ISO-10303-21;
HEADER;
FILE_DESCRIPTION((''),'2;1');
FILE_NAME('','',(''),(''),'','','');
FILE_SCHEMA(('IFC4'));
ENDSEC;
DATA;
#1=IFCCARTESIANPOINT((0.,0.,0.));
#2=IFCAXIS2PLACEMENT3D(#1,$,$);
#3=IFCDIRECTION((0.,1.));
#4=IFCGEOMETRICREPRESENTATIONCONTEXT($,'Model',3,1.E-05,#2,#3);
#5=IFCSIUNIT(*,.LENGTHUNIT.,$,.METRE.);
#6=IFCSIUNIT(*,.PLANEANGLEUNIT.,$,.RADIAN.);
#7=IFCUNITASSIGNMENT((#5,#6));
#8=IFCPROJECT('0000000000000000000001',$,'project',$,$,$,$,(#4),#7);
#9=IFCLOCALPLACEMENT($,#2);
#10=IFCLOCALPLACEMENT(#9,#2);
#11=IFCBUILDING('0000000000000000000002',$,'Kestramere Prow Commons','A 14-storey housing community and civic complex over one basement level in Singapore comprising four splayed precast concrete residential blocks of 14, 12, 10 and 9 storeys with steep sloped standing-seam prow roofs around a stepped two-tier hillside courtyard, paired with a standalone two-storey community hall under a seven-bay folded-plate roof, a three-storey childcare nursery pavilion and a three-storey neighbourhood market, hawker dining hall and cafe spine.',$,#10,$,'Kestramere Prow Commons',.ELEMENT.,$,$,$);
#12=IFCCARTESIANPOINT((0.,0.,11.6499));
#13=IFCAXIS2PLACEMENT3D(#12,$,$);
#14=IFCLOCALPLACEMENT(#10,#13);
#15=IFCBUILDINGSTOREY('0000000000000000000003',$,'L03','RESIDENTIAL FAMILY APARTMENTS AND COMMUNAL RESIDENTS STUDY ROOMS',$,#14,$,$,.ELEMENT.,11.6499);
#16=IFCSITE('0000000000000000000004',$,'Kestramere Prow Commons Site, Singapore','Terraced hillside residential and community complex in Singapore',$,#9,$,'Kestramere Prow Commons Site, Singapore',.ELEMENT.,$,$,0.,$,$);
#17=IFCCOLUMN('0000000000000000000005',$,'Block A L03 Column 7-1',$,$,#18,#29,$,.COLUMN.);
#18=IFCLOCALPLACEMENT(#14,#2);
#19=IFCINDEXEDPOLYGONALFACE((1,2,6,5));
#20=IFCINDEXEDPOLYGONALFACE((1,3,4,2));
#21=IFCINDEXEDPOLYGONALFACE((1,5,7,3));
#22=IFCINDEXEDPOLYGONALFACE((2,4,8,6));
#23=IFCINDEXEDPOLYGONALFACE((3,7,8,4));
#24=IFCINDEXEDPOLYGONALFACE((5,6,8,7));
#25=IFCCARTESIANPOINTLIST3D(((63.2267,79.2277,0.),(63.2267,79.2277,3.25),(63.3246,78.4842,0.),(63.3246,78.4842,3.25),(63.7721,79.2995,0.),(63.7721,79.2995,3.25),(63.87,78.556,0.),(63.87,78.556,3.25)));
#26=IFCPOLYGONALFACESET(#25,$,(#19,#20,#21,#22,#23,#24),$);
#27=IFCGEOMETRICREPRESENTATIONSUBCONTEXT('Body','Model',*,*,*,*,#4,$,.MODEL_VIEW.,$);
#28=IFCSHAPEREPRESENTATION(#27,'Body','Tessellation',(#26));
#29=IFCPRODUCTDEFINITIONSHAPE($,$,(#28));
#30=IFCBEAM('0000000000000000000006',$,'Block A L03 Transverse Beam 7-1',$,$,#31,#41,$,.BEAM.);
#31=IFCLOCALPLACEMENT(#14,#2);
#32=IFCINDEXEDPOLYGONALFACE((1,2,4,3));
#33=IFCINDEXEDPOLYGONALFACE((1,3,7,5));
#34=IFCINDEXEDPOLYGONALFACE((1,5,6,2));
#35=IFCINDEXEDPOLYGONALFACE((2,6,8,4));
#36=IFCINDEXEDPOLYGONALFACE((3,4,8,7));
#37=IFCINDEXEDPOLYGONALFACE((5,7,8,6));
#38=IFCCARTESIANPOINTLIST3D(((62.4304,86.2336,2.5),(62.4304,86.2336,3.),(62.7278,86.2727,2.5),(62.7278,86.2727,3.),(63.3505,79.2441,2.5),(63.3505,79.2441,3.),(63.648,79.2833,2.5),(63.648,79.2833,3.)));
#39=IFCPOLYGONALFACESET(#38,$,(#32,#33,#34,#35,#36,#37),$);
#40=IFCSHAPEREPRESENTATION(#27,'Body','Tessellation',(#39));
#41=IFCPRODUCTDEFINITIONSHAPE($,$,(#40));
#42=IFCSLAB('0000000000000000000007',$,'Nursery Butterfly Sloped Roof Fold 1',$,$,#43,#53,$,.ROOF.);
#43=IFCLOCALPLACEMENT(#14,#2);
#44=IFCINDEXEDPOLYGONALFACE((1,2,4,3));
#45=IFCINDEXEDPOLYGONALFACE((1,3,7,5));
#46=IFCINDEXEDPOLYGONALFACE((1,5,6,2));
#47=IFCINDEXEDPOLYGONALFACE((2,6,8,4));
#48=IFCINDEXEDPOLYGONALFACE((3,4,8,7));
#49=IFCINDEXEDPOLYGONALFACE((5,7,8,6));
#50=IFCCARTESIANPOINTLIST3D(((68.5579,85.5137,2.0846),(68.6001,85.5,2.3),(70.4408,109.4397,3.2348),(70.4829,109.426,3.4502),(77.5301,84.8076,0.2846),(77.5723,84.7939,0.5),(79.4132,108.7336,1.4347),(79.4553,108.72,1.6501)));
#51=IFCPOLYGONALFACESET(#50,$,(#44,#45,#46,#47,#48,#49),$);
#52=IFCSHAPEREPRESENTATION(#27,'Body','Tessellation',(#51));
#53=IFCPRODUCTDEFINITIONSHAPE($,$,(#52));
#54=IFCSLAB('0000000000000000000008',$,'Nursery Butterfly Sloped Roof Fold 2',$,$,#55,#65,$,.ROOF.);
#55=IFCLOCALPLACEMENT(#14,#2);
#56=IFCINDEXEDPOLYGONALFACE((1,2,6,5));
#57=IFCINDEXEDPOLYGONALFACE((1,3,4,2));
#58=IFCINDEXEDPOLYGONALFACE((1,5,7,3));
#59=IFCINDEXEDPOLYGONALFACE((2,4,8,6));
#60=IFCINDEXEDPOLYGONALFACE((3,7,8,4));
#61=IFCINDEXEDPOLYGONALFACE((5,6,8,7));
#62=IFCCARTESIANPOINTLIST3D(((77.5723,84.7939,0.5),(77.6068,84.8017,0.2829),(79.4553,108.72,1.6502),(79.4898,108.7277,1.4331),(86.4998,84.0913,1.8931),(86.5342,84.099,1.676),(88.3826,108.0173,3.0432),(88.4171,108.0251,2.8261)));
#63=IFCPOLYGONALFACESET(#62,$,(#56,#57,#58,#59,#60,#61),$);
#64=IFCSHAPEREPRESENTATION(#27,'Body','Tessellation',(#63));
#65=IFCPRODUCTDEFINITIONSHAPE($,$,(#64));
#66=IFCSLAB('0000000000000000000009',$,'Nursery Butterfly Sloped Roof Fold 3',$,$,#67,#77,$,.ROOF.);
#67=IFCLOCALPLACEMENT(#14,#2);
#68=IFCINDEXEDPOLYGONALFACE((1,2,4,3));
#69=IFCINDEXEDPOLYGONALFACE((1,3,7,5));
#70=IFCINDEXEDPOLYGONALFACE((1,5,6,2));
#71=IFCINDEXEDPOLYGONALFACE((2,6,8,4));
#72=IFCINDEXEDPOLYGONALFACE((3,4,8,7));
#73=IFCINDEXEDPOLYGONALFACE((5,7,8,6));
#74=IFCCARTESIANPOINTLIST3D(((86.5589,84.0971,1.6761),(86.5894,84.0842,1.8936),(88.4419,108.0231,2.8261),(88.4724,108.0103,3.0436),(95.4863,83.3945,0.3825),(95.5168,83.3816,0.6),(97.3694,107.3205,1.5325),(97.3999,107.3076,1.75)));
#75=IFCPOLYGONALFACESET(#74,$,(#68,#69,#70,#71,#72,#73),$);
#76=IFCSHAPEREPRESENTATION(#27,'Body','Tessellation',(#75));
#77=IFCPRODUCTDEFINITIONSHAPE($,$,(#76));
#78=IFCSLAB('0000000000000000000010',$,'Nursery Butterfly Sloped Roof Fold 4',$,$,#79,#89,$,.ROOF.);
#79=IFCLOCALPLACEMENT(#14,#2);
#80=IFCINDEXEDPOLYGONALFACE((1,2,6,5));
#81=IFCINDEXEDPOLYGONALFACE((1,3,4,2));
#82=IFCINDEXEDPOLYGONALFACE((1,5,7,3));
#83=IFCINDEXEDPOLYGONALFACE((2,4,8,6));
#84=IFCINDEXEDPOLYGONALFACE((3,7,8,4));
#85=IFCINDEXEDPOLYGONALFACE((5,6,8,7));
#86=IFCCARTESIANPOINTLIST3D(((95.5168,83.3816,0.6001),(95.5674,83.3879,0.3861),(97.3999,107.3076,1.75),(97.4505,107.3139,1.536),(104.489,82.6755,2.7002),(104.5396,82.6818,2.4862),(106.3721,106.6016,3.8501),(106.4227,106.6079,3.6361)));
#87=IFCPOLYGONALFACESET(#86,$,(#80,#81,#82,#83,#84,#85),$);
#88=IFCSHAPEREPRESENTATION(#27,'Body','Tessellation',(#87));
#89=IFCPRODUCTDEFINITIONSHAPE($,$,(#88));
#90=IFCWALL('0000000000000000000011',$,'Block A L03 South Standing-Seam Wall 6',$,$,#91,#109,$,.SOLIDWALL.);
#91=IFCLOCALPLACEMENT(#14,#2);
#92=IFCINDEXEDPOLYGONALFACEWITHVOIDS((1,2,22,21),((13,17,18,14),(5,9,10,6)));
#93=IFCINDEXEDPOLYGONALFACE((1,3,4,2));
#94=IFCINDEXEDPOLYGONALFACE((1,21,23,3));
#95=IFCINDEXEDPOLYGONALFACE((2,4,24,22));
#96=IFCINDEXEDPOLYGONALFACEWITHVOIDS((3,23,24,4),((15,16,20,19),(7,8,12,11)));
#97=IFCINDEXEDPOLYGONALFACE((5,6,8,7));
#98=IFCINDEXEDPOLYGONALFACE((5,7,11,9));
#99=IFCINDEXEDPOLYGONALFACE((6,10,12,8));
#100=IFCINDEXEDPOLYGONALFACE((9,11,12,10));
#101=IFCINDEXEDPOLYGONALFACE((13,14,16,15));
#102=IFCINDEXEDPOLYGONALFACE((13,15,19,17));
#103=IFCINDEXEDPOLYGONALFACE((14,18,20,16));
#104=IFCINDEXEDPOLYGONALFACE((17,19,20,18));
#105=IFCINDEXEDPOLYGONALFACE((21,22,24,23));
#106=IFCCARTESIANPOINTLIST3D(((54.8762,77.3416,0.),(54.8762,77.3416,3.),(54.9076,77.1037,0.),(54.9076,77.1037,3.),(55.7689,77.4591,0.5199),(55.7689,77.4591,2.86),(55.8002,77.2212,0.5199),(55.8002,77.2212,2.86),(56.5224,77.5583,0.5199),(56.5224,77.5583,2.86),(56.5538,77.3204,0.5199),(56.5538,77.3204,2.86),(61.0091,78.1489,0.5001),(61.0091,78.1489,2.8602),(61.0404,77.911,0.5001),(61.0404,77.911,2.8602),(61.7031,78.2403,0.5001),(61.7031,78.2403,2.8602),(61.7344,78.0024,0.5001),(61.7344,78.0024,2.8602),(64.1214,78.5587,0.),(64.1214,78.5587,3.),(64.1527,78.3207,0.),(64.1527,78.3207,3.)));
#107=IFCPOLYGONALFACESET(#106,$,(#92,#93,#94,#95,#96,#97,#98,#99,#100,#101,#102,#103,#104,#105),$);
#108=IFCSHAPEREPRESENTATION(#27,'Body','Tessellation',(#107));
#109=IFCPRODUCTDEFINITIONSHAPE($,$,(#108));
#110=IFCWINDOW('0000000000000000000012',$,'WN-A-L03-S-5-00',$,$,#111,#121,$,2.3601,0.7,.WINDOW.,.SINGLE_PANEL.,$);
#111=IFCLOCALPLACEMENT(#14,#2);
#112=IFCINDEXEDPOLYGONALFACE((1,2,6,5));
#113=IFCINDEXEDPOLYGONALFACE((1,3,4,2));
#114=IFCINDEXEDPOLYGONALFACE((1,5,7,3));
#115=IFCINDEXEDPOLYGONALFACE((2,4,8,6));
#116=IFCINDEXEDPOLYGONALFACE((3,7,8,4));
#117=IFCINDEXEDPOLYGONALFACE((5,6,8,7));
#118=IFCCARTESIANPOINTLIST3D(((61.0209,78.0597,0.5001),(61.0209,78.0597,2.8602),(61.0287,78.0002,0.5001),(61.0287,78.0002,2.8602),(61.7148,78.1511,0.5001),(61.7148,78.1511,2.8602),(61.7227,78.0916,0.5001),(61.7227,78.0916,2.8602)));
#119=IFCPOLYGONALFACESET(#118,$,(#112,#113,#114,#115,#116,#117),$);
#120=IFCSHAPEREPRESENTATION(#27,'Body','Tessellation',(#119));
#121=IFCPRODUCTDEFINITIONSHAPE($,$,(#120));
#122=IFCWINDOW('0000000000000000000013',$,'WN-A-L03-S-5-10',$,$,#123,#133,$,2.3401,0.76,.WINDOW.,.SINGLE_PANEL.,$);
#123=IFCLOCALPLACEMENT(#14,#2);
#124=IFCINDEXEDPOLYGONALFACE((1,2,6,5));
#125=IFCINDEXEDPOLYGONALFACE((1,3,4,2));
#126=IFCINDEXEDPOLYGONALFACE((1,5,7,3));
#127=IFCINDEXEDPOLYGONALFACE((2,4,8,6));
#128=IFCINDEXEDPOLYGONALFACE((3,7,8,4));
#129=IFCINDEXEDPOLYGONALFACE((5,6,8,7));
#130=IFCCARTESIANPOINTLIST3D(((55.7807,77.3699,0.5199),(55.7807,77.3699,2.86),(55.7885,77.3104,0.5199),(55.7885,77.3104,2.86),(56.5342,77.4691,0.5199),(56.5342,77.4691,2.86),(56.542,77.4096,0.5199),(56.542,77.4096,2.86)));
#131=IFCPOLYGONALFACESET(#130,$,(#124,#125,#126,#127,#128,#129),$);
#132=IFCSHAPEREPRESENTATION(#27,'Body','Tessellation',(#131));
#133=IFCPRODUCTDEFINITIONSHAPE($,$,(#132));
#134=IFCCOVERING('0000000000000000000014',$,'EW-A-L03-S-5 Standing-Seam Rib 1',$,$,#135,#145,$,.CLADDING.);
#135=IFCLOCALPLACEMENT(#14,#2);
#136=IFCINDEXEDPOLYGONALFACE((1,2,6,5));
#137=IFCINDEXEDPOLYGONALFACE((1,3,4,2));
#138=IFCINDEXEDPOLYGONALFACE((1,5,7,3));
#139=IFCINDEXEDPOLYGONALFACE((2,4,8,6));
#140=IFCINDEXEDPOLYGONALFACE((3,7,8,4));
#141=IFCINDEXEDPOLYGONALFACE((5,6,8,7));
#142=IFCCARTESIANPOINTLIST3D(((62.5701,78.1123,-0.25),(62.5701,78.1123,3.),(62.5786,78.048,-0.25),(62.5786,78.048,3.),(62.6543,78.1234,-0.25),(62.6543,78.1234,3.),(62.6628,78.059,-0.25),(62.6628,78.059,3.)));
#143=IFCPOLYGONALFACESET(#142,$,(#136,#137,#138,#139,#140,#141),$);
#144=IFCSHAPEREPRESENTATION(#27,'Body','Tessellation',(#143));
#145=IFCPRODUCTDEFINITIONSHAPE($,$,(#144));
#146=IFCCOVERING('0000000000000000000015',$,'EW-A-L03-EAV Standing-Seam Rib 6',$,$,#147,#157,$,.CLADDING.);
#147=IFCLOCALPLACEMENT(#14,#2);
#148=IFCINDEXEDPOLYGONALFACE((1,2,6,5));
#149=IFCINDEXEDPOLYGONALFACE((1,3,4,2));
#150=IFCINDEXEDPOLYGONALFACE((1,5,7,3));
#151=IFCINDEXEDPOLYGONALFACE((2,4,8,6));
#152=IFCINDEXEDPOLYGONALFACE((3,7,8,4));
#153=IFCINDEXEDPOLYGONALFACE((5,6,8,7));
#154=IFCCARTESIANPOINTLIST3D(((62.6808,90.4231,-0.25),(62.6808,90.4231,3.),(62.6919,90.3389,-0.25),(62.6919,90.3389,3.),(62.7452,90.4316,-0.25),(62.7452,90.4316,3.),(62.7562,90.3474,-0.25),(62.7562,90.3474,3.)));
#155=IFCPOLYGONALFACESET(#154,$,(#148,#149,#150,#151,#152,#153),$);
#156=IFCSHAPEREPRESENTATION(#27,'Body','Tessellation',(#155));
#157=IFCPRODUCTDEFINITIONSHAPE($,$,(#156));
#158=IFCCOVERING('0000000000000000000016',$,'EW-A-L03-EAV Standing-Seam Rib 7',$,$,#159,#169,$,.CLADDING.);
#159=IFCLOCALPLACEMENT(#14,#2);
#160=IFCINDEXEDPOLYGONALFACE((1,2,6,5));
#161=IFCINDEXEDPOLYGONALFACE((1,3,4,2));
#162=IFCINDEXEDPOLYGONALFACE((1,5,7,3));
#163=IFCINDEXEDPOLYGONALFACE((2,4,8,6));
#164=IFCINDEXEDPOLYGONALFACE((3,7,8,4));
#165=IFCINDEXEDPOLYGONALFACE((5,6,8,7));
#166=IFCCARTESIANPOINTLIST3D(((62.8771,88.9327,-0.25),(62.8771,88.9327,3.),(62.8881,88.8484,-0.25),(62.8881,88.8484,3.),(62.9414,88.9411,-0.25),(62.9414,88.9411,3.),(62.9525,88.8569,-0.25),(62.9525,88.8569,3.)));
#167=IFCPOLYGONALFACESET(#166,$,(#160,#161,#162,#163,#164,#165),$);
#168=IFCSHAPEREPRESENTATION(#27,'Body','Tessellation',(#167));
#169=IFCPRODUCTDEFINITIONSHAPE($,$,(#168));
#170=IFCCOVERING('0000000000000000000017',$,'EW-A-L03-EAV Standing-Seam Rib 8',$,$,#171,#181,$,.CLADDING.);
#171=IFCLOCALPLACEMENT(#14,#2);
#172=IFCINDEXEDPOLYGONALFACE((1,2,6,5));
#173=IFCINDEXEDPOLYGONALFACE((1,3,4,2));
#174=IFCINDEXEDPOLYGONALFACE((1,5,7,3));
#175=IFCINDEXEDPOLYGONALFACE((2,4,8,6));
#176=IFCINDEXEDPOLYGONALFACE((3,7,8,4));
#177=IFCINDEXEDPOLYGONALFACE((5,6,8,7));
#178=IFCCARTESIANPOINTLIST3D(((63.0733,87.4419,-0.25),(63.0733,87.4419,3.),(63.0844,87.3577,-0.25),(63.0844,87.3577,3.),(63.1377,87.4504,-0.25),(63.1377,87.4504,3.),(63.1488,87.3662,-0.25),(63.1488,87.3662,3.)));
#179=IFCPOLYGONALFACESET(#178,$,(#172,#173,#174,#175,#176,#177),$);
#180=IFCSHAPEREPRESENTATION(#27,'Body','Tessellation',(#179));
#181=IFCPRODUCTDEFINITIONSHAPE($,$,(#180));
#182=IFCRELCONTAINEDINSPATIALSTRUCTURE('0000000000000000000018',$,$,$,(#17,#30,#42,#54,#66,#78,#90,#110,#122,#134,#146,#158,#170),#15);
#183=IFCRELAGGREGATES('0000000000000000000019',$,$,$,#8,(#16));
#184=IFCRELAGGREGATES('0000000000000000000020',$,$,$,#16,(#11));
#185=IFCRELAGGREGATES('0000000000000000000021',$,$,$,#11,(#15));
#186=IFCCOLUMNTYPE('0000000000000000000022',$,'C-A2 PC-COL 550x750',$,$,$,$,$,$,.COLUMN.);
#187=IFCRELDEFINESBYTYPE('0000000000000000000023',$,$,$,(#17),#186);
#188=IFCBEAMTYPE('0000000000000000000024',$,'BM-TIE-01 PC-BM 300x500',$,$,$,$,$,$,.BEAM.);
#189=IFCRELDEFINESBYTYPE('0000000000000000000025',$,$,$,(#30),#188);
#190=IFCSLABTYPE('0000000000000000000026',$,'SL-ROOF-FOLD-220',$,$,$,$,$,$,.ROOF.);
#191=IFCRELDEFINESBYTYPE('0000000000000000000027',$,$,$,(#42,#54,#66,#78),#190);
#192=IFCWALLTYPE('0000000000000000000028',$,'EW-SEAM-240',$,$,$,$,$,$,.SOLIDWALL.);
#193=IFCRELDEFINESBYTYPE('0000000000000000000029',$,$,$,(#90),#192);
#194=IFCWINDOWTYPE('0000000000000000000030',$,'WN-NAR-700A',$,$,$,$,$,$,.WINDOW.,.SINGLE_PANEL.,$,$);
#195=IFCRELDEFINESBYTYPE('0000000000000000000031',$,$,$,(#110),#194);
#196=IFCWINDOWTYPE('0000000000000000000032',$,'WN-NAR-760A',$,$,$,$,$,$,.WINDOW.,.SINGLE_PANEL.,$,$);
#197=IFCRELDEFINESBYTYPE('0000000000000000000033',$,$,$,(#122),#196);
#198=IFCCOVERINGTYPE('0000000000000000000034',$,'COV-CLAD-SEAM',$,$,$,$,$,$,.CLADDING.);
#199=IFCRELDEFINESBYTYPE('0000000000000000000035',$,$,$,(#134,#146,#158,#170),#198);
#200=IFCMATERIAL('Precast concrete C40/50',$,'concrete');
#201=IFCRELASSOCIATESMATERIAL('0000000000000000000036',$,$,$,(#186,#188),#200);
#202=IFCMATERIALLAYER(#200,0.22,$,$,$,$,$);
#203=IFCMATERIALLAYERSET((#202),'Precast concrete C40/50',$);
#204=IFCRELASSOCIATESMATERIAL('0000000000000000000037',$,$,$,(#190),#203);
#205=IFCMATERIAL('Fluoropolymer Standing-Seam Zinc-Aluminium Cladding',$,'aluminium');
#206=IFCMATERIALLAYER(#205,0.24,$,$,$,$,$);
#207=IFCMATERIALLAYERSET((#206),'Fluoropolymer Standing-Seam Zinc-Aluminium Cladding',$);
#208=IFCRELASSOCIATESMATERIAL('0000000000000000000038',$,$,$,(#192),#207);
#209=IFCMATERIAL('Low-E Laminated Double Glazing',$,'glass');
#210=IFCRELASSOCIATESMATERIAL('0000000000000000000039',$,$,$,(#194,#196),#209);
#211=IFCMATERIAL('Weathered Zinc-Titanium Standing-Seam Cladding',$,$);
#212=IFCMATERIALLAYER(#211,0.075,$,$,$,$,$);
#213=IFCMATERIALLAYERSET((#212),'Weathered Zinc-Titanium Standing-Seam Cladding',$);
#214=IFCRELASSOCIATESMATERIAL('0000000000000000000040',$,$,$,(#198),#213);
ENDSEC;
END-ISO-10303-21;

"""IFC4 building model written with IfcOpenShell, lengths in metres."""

from ifc_helpers import new_model, si_unit, direction, frame, frame_2d, origin, origin_2d, place, context, subcontext, project, spatial, polyline, rectangle, outline, extrude, material, layer, layer_set, material_profile, profile_set, type_object, element, fill, save


model = new_model("IFC4")

# Units and contexts
model_context = context("Model", 3, precision=1e-05, world=origin(), true_north=direction((0.0, 1.0)))
body_context = subcontext(model_context, "Body", "Model", "MODEL_VIEW")
ifc_project = project(units=[si_unit("LENGTHUNIT", "METRE"), si_unit("PLANEANGLEUNIT", "RADIAN")], contexts=[model_context])

# Site, building, storey
site_placement = place(None, origin())
site = spatial("IfcSite", under=ifc_project, at=site_placement, Name="Kestramere Prow Commons Site, Singapore", Description="Terraced hillside residential and community complex in Singapore", LongName="Kestramere Prow Commons Site, Singapore", CompositionType="ELEMENT", RefElevation=0.0)
building_placement = place(site_placement, origin())
building = spatial("IfcBuilding", under=site, at=building_placement, Name="Kestramere Prow Commons", Description="A 14-storey housing community and civic complex over one basement level in Singapore comprising four splayed precast concrete residential blocks of 14, 12, 10 and 9 storeys with steep sloped standing-seam prow roofs around a stepped two-tier hillside courtyard, paired with a standalone two-storey community hall under a seven-bay folded-plate roof, a three-storey childcare nursery pavilion and a three-storey neighbourhood market, hawker dining hall and cafe spine.", LongName="Kestramere Prow Commons", CompositionType="ELEMENT")
storey_placement = place(building_placement, frame((0.0, 0.0, 11.6499)))
storey = spatial("IfcBuildingStorey", under=building, at=storey_placement, Name="L03", Description="RESIDENTIAL FAMILY APARTMENTS AND COMMUNAL RESIDENTS STUDY ROOMS", CompositionType="ELEMENT", Elevation=11.6499)

# Column
ifc_material_1 = material(Name="Precast concrete C40/50", Category="concrete")
ifc_material_profile_1 = material_profile(ifc_material_1, rectangle(XDim=0.55, YDim=0.75, at=origin_2d()), Name="PC-COL 550x750")
ifc_profile_set_1 = profile_set([ifc_material_profile_1], Name="Precast concrete C40/50")
column_type = type_object("IfcColumnType", Name="C-A2 PC-COL 550x750", PredefinedType="COLUMN", material=ifc_profile_set_1)
column_placement = place(storey_placement, frame((63.5483, 78.8918, 0.0), z_axis=(0.0, 0.0, 1.0), x_axis=(0.991445, 0.130526, 0.0)))
element("IfcColumn", 1, at=column_placement, inside=storey, type_object=column_type, Name="Block A L03 Column 7-1", PredefinedType="COLUMN", context=body_context, shape_type="SweptSolid", body=[
    extrude(rectangle(XDim=0.55, YDim=0.75, at=origin_2d()), origin(), (0.0, 0.0, 1.0), 3.25),
])

# Beam
ifc_material_profile_2 = material_profile(ifc_material_1, rectangle(XDim=0.3, YDim=0.5, at=origin_2d()), Name="PC-BM 300x500")
ifc_profile_set_2 = profile_set([ifc_material_profile_2], Name="Precast concrete C40/50")
beam_type = type_object("IfcBeamType", Name="BM-TIE-01 PC-BM 300x500", PredefinedType="BEAM", material=ifc_profile_set_2)
beam_placement = place(storey_placement, frame((63.4993, 79.2637, 2.75), z_axis=(-0.130523, 0.991445, 0.0), x_axis=(-0.991445, -0.130523, 0.0)))
element("IfcBeam", 2, at=beam_placement, inside=storey, type_object=beam_type, Name="Block A L03 Transverse Beam 7-1", PredefinedType="BEAM", context=body_context, shape_type="SweptSolid", body=[
    extrude(rectangle(XDim=0.3, YDim=0.5, at=origin_2d()), origin(), (0.0, 0.0, 1.0), 7.0498),
])

# Slabs
ifc_layer_1 = layer(ifc_material_1, 0.22)
ifc_layer_set_1 = layer_set([ifc_layer_1], Name="Precast concrete C40/50")
slab_type = type_object("IfcSlabType", Name="SL-ROOF-FOLD-220", PredefinedType="ROOF", material=ifc_layer_set_1)
slab_1_placement = place(storey_placement, frame((68.6001, 85.5, 2.3), z_axis=(0.191618, -0.062165, 0.979499), x_axis=(0.977558, -0.076928, -0.196121)))
element("IfcSlab", 3, at=slab_1_placement, inside=storey, type_object=slab_type, Name="Nursery Butterfly Sloped Roof Fold 1", PredefinedType="ROOF", context=body_context, shape_type="SweptSolid", body=[
    extrude(outline(polyline([(0.0, 0.0), (9.1782, 0.0), (8.9528, 24.0265), (-0.2256, 24.0265), (0.0, 0.0)])), origin(), (0.0, 0.0, -1.0), 0.22),
])
slab_2_placement = place(storey_placement, frame((77.5723, 84.7939, 0.5), z_axis=(-0.156781, -0.035108, 0.987009), x_axis=(0.985069, -0.07753, 0.153715)))
element("IfcSlab", 4, at=slab_2_placement, inside=storey, type_object=slab_type, Name="Nursery Butterfly Sloped Roof Fold 2", PredefinedType="ROOF", context=body_context, shape_type="SweptSolid", body=[
    extrude(outline(polyline([(0.0, 0.0), (9.0628, 0.0), (9.2393, 24.0269), (0.1768, 24.0269), (0.0, 0.0)])), origin(), (0.0, 0.0, -1.0), 0.22),
])
slab_3_placement = place(storey_placement, frame((86.5894, 84.0842, 1.8936), z_axis=(0.13865, -0.058431, 0.988616), x_axis=(0.986676, -0.077656, -0.142968)))
element("IfcSlab", 5, at=slab_3_placement, inside=storey, type_object=slab_type, Name="Nursery Butterfly Sloped Roof Fold 3", PredefinedType="ROOF", context=body_context, shape_type="SweptSolid", body=[
    extrude(outline(polyline([(0.0, 0.0), (9.048, 0.0), (8.8836, 24.027), (-0.1645, 24.027), (0.0, 0.0)])), origin(), (0.0, 0.0, -1.0), 0.22),
])
slab_4_placement = place(storey_placement, frame((95.5168, 83.3816, 0.6001), z_axis=(-0.229952, -0.028655, 0.97278), x_axis=(0.970837, -0.076399, 0.227242)))
element("IfcSlab", 6, at=slab_4_placement, inside=storey, type_object=slab_type, Name="Nursery Butterfly Sloped Roof Fold 4", PredefinedType="ROOF", context=body_context, shape_type="SweptSolid", body=[
    extrude(outline(polyline([(0.0, 0.0), (9.2417, 0.0), (9.5032, 24.0261), (0.2615, 24.0261), (0.0, 0.0)])), origin(), (0.0, 0.0, -1.0), 0.22),
])

# Wall, openings, windows
ifc_material_2 = material(Name="Fluoropolymer Standing-Seam Zinc-Aluminium Cladding", Category="aluminium")
ifc_layer_2 = layer(ifc_material_2, 0.24)
ifc_layer_set_2 = layer_set([ifc_layer_2], Name="Fluoropolymer Standing-Seam Zinc-Aluminium Cladding")
wall_type = type_object("IfcWallType", Name="EW-SEAM-240", PredefinedType="SOLIDWALL", material=ifc_layer_set_2)
wall_placement = place(storey_placement, frame((64.1372, 78.4397, 0.0), z_axis=(0.0, 0.0, 1.0), x_axis=(-0.991446, -0.130515, 0.0)))
wall = element("IfcWall", 7, at=wall_placement, inside=storey, type_object=wall_type, Name="Block A L03 South Standing-Seam Wall 6", PredefinedType="SOLIDWALL", context=body_context, shape_type="SweptSolid", body=[
    extrude(rectangle(XDim=9.325, YDim=0.24, at=frame_2d((4.6626, 0.0))), origin(), (0.0, 0.0, 1.0), 3.0),
])
opening_1_placement = place(wall_placement, frame((2.4392, 0.0, 0.5)))
opening_1 = element("IfcOpeningElement", 8, at=opening_1_placement, cuts=wall, PredefinedType="OPENING", context=body_context, shape_type="SweptSolid", body=[
    extrude(rectangle(XDim=0.7, YDim=2.3601, at=frame_2d((0.3501, 1.1802))), frame((0.0, 0.135, 0.0), z_axis=(0.0, -1.0, 0.0), x_axis=(1.0, 0.0, 0.0)), (0.0, 0.0, 1.0), 0.27),
])
opening_2_placement = place(wall_placement, frame((7.6648, 0.0, 0.52)))
opening_2 = element("IfcOpeningElement", 9, at=opening_2_placement, cuts=wall, PredefinedType="OPENING", context=body_context, shape_type="SweptSolid", body=[
    extrude(rectangle(XDim=0.76, YDim=2.3401, at=frame_2d((0.3799, 1.1699))), frame((0.0, 0.135, 0.0), z_axis=(0.0, -1.0, 0.0), x_axis=(1.0, 0.0, 0.0)), (0.0, 0.0, 1.0), 0.27),
])
ifc_material_3 = material(Name="Low-E Laminated Double Glazing", Category="glass")
window_type_1 = type_object("IfcWindowType", Name="WN-NAR-700A", PartitioningType="SINGLE_PANEL", PredefinedType="WINDOW", material=ifc_material_3)
window_1_placement = place(opening_1_placement, origin())
window_1 = element("IfcWindow", 10, at=window_1_placement, inside=storey, type_object=window_type_1, Name="WN-A-L03-S-5-00", OverallHeight=2.3601, OverallWidth=0.7, PartitioningType="SINGLE_PANEL", PredefinedType="WINDOW", context=body_context, shape_type="SweptSolid", body=[
    extrude(rectangle(XDim=0.7, YDim=2.3601, at=frame_2d((0.3501, 1.1802))), frame((0.0, 0.03, 0.0), z_axis=(0.0, -1.0, 0.0), x_axis=(1.0, 0.0, 0.0)), (0.0, 0.0, 1.0), 0.0601),
])
fill(opening_1, window_1)
window_type_2 = type_object("IfcWindowType", Name="WN-NAR-760A", PartitioningType="SINGLE_PANEL", PredefinedType="WINDOW", material=ifc_material_3)
window_2_placement = place(opening_2_placement, origin())
window_2 = element("IfcWindow", 11, at=window_2_placement, inside=storey, type_object=window_type_2, Name="WN-A-L03-S-5-10", OverallHeight=2.3401, OverallWidth=0.76, PartitioningType="SINGLE_PANEL", PredefinedType="WINDOW", context=body_context, shape_type="SweptSolid", body=[
    extrude(rectangle(XDim=0.76, YDim=2.3401, at=frame_2d((0.3799, 1.1699))), frame((0.0, 0.03, 0.0), z_axis=(0.0, -1.0, 0.0), x_axis=(1.0, 0.0, 0.0)), (0.0, 0.0, 1.0), 0.0601),
])
fill(opening_2, window_2)

# Coverings
ifc_material_4 = material(Name="Weathered Zinc-Titanium Standing-Seam Cladding")
ifc_layer_3 = layer(ifc_material_4, 0.075)
ifc_layer_set_3 = layer_set([ifc_layer_3], Name="Weathered Zinc-Titanium Standing-Seam Cladding")
covering_type_1 = type_object("IfcCoveringType", Name="COV-CLAD-SEAM", PredefinedType="CLADDING", material=ifc_layer_set_3)
for number, where, z_axis, x_axis, name in (
    (12, (62.6165, 78.0857, -0.25), (0.0, 0.0, 1.0), (-0.991445, -0.130526, 0.0), "EW-A-L03-S-5 Standing-Seam Rib 1"),
    (13, (62.7185, 90.3853, -0.25), (0.0, 0.0, 1.0), (0.130526, -0.991445, 0.0), "EW-A-L03-EAV Standing-Seam Rib 6"),
    (14, (62.9148, 88.8948, -0.25), (0.0, 0.0, 1.0), (0.130526, -0.991445, 0.0), "EW-A-L03-EAV Standing-Seam Rib 7"),
    (15, (63.1111, 87.4041, -0.25), (0.0, 0.0, 1.0), (0.130526, -0.991445, 0.0), "EW-A-L03-EAV Standing-Seam Rib 8"),
):
    element("IfcCovering", number, at=place(storey_placement, frame(where, z_axis=z_axis, x_axis=x_axis)), inside=storey, type_object=covering_type_1, Name=name, PredefinedType="CLADDING", context=body_context, shape_type="SweptSolid", body=[
        extrude(rectangle(XDim=0.085, YDim=0.0649, at=origin_2d()), origin(), (0.0, 0.0, 1.0), 3.25),
    ])

save(model, "model.ifc")
